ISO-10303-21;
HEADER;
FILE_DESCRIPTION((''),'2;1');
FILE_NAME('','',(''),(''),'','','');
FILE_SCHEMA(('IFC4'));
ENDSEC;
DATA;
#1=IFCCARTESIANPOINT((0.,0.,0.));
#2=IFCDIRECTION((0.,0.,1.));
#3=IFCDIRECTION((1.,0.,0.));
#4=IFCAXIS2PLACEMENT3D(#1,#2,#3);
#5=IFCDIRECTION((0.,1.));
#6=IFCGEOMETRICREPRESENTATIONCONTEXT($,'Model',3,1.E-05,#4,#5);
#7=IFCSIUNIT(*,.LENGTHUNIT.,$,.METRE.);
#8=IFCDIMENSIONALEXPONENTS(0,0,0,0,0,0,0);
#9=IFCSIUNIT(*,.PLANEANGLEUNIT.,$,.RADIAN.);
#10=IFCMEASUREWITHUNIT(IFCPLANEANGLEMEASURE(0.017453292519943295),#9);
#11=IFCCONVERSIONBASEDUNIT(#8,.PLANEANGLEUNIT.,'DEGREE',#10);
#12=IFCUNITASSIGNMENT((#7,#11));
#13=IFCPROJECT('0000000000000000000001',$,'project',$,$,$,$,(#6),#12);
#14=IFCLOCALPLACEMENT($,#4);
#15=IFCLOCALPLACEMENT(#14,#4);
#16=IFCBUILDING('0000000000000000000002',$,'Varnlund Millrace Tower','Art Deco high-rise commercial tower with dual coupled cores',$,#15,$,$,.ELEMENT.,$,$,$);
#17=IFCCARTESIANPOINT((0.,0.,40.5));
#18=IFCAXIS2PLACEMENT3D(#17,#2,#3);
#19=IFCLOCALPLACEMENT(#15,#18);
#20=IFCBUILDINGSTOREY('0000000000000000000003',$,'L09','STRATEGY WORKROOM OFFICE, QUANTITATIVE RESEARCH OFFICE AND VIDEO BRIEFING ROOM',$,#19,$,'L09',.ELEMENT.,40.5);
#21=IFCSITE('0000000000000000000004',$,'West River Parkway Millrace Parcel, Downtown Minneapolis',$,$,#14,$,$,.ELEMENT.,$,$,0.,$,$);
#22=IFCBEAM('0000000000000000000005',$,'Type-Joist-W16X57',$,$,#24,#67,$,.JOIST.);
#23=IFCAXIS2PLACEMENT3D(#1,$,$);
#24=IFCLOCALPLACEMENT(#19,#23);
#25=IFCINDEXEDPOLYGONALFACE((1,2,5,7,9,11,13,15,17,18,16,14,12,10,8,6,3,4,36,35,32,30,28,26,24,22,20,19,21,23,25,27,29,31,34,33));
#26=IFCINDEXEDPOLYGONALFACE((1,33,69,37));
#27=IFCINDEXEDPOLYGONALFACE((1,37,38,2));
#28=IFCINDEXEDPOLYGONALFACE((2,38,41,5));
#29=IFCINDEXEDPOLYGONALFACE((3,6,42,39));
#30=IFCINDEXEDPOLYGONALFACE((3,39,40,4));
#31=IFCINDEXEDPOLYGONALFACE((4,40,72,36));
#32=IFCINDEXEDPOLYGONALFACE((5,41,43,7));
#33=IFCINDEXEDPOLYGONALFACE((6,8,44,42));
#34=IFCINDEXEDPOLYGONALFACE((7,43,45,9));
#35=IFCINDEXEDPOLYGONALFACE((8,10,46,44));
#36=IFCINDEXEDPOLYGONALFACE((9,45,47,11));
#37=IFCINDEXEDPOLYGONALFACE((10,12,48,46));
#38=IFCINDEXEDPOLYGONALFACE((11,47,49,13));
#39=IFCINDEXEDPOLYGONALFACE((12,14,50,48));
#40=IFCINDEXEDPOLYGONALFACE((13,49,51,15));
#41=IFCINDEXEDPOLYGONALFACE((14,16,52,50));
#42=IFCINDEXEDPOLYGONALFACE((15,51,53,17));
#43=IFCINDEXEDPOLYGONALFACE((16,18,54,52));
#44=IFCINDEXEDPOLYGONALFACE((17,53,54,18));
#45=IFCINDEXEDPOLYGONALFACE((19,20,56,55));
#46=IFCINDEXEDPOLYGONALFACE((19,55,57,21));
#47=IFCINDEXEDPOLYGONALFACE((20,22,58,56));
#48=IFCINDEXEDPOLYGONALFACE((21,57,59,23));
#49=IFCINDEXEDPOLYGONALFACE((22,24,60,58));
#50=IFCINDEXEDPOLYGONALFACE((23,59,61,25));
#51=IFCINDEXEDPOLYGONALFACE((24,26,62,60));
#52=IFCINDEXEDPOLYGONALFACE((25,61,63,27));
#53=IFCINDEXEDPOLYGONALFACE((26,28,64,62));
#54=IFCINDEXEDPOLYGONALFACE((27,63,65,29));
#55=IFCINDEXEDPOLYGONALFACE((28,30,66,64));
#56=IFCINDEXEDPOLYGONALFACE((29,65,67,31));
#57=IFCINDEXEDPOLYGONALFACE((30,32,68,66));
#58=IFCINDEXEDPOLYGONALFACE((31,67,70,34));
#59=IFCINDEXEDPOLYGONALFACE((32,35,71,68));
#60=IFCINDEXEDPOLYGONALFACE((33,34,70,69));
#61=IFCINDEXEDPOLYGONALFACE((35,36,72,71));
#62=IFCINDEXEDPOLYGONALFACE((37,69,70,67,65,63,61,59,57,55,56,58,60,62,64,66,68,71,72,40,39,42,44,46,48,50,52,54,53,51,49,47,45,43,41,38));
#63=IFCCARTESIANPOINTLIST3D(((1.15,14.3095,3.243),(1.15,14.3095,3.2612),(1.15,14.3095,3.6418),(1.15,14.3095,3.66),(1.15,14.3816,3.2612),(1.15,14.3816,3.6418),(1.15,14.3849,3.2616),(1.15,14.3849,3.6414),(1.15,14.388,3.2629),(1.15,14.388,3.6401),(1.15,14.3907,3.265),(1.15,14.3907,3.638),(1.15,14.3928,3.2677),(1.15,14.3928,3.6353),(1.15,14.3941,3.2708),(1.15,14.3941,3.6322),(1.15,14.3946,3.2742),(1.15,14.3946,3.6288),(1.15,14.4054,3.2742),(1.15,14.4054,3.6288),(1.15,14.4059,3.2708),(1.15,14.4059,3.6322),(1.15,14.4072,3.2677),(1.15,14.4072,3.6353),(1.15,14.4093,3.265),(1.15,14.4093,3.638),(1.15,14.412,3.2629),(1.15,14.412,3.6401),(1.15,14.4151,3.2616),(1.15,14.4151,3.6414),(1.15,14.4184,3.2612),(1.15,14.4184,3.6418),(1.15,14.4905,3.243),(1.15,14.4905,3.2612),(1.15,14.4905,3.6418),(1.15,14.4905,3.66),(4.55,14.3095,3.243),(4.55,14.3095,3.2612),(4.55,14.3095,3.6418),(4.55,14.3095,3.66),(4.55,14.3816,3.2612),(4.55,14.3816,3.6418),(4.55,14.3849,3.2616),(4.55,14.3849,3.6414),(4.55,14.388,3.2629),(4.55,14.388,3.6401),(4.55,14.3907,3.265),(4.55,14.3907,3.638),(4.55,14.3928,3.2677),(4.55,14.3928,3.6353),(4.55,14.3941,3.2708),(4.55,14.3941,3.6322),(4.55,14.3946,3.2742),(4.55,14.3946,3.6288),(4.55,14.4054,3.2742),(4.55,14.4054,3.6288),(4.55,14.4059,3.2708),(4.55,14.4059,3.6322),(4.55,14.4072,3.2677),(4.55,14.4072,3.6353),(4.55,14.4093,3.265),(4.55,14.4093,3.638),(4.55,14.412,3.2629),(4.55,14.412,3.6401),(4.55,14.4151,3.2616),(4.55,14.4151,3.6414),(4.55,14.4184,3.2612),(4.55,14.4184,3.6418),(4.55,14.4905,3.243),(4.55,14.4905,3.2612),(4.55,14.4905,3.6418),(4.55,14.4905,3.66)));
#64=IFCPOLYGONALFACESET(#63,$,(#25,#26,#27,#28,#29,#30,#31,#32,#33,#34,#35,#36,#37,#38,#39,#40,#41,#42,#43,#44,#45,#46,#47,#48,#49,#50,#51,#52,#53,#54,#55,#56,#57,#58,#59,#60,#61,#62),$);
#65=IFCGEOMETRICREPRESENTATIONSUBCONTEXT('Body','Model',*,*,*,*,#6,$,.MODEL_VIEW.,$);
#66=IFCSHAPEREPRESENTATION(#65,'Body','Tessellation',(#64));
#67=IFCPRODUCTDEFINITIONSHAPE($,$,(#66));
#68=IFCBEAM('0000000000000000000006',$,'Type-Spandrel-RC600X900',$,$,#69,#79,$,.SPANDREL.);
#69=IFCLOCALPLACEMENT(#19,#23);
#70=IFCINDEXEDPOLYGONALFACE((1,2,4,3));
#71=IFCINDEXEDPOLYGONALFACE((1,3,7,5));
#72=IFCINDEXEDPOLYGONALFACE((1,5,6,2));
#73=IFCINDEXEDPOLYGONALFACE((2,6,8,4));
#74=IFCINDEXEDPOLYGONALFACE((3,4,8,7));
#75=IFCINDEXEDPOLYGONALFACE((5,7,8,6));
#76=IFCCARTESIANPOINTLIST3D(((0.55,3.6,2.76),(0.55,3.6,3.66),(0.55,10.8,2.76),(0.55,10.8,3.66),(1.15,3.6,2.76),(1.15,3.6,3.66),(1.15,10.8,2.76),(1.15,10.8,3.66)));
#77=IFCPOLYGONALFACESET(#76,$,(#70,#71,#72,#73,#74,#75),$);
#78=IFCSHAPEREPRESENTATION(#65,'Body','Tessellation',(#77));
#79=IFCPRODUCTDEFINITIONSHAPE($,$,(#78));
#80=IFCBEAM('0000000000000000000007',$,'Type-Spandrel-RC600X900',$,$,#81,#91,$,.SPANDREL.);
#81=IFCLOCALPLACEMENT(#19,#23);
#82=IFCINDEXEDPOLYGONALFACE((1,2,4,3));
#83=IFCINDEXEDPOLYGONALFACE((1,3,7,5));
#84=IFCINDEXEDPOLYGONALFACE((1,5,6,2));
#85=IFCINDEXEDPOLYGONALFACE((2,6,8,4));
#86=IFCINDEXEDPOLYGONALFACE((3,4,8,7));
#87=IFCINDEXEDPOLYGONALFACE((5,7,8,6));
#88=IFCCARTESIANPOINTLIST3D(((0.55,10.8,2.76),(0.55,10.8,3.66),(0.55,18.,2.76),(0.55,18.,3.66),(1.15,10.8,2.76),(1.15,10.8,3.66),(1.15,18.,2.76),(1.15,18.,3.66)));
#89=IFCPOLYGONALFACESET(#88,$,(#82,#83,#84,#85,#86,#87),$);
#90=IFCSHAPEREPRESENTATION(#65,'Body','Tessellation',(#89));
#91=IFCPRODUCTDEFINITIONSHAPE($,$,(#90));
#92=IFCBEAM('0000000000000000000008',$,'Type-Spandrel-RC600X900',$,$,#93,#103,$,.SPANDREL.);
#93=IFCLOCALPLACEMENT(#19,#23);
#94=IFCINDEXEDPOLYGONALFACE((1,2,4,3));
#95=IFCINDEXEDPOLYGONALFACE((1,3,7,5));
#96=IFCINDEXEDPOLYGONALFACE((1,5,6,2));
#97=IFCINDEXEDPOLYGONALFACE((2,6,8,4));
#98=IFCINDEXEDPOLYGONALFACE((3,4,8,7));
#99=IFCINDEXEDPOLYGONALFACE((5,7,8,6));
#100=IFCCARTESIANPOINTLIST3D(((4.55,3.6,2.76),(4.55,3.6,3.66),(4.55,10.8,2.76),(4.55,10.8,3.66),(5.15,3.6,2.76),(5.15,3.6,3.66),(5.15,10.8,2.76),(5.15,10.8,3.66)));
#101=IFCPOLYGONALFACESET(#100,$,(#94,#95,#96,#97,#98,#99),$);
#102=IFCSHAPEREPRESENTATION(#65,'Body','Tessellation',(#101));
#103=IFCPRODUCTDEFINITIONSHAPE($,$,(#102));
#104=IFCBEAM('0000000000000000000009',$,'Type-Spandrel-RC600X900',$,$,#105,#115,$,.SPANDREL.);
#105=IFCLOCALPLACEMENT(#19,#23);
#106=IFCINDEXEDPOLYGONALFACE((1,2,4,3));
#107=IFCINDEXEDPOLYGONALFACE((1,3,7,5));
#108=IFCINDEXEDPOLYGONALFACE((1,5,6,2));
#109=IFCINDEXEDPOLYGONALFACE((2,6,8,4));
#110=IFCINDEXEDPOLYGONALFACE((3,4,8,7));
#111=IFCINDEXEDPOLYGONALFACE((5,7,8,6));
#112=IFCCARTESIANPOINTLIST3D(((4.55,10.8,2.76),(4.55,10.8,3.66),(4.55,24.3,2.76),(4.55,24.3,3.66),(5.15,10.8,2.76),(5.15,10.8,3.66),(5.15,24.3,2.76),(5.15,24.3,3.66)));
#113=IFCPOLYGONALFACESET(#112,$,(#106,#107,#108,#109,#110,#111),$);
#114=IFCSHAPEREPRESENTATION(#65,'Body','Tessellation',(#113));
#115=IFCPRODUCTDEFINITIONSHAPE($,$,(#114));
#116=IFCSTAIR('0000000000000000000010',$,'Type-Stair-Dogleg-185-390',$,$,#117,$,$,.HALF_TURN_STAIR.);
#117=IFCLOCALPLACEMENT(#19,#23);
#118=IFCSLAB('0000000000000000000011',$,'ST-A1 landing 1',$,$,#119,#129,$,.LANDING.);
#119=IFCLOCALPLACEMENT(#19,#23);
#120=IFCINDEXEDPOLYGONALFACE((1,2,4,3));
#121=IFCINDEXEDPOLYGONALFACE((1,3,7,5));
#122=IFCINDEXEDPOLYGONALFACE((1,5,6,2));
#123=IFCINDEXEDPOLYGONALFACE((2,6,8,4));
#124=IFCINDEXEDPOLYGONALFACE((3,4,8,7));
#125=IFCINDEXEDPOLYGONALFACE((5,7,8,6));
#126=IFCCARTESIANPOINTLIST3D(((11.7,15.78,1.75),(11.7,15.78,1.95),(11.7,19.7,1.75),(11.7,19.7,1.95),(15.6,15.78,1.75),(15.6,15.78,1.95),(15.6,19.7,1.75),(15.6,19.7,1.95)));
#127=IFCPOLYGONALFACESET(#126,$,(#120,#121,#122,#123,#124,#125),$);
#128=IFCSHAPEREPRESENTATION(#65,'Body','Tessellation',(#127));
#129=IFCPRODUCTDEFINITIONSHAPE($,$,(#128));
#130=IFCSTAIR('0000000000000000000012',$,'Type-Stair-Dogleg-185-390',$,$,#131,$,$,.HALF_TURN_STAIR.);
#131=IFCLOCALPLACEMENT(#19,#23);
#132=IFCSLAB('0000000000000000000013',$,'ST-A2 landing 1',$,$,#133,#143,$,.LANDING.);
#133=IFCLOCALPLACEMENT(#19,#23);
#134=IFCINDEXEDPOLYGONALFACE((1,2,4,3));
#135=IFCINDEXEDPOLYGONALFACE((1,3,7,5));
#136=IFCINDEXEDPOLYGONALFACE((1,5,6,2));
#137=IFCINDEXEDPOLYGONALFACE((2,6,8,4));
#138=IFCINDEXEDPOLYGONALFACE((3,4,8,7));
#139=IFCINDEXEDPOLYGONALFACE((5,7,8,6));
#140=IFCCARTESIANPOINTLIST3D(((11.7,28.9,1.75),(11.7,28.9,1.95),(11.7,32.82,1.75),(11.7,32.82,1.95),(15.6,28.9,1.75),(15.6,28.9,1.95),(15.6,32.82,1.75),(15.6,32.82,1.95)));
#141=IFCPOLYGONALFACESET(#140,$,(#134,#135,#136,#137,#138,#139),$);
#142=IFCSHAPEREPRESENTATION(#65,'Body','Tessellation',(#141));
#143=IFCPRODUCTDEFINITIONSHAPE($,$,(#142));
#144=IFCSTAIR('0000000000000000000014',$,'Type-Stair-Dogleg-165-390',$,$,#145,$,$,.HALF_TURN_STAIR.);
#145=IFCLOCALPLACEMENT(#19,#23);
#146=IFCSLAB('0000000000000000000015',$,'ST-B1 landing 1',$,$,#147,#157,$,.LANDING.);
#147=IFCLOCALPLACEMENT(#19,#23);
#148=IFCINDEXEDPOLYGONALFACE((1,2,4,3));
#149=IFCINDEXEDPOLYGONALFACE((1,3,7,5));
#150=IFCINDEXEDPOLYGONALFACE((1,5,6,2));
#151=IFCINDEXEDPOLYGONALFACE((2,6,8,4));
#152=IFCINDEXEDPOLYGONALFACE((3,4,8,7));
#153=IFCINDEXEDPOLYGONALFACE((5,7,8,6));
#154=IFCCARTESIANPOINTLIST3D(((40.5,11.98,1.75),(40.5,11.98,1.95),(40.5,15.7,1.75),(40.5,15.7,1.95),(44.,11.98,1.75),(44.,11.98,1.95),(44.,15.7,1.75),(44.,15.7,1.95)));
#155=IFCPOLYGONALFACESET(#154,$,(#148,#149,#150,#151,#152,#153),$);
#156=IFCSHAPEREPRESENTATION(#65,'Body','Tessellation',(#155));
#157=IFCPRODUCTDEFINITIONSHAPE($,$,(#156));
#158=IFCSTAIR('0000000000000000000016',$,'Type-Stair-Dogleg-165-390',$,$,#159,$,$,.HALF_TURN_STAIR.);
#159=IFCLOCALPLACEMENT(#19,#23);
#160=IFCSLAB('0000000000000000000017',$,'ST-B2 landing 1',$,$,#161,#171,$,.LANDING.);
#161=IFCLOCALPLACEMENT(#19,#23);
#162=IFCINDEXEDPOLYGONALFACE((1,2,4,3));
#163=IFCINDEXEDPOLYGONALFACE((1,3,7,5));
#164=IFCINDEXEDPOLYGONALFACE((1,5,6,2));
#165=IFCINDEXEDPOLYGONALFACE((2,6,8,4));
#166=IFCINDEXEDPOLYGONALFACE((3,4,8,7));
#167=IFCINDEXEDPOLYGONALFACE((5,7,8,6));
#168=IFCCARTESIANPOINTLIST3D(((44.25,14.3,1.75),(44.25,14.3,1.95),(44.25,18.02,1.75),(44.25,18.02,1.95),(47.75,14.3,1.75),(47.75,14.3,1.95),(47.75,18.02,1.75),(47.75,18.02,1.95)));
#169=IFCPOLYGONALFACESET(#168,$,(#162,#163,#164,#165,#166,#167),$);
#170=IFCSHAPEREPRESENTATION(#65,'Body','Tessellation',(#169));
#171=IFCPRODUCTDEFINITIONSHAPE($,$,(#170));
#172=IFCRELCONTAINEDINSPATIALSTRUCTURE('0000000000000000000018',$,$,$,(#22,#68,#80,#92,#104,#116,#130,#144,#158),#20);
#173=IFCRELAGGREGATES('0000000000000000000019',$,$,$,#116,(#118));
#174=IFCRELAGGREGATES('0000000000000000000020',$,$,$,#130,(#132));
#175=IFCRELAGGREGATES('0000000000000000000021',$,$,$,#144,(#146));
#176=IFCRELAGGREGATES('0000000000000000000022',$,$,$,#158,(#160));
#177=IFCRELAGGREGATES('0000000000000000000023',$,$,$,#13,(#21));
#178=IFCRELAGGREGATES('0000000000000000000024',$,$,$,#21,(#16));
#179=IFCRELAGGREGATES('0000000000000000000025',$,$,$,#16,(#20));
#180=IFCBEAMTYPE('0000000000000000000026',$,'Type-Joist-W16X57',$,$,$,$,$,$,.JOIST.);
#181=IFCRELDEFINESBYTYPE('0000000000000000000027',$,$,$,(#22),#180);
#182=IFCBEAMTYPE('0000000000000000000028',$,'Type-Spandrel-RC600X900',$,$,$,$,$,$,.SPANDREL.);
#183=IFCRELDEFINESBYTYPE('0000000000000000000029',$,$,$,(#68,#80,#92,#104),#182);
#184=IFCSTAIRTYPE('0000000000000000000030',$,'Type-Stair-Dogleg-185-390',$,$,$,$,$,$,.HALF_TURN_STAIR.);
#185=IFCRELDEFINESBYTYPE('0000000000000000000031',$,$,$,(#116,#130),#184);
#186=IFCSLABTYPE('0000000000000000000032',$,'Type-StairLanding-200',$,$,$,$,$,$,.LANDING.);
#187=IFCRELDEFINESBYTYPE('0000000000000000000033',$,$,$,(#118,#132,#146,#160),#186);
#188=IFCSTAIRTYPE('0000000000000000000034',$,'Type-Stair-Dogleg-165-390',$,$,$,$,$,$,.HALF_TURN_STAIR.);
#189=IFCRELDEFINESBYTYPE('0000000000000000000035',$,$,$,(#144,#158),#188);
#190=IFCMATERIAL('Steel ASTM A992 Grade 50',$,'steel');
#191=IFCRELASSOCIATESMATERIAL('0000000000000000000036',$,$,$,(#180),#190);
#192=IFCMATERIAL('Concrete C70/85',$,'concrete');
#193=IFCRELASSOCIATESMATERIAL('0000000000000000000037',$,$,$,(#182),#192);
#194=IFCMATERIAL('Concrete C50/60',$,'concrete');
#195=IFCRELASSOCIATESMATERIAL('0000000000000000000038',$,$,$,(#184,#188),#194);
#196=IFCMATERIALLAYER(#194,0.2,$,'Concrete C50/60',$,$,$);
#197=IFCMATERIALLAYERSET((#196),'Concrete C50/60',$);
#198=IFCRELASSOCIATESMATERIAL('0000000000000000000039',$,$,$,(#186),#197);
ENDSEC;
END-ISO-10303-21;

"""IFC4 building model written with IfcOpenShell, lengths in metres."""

from ifc_helpers import new_model, entity, si_unit, converted_unit, direction, frame, origin_with_axes, origin_2d_with_axis, place, context, subcontext, project, spatial, polyline, rectangle, i_section, outline, extrude, material, layer, layer_set, material_profile, profile_set, type_object, element, aggregate, save


model = new_model("IFC4")

# Units and contexts
model_context = context("Model", 3, precision=1e-05, world=origin_with_axes(), true_north=direction((0.0, 1.0)))
body_context = subcontext(model_context, "Body", "Model", "MODEL_VIEW")
ifc_project = project(units=[si_unit("LENGTHUNIT", "METRE"), converted_unit("PLANEANGLEUNIT", "DEGREE", entity("IfcPlaneAngleMeasure", 0.017453292519943295), si_unit("PLANEANGLEUNIT", "RADIAN"), dimensions=[0, 0, 0, 0, 0, 0, 0])], contexts=[model_context])

# Site, building, storey
site_placement = place(None, origin_with_axes())
site = spatial("IfcSite", under=ifc_project, at=site_placement, Name="West River Parkway Millrace Parcel, Downtown Minneapolis", CompositionType="ELEMENT", RefElevation=0.0)
building_placement = place(site_placement, origin_with_axes())
building = spatial("IfcBuilding", under=site, at=building_placement, Name="Varnlund Millrace Tower", Description="Art Deco high-rise commercial tower with dual coupled cores", CompositionType="ELEMENT")
storey_placement = place(building_placement, frame((0.0, 0.0, 40.5), z_axis=(0.0, 0.0, 1.0), x_axis=(1.0, 0.0, 0.0)))
storey = spatial("IfcBuildingStorey", under=building, at=storey_placement, Name="L09", Description="STRATEGY WORKROOM OFFICE, QUANTITATIVE RESEARCH OFFICE AND VIDEO BRIEFING ROOM", LongName="L09", CompositionType="ELEMENT", Elevation=40.5)

# Beams
ifc_material_1 = material(Name="Steel ASTM A992 Grade 50", Category="steel")
ifc_material_profile_1 = material_profile(ifc_material_1, i_section(OverallWidth=0.181, OverallDepth=0.417, WebThickness=0.0109, FlangeThickness=0.0182, FilletRadius=0.013, at=origin_2d_with_axis()), Name="Steel ASTM A992 Grade 50")
ifc_profile_set_1 = profile_set([ifc_material_profile_1], Name="Steel ASTM A992 Grade 50")
beam_type_1 = type_object("IfcBeamType", Name="Type-Joist-W16X57", PredefinedType="JOIST", material=ifc_profile_set_1)
for number, where, z_axis, x_axis, name in (
    (1, (1.15, 14.4, 3.4515), (1.0, 0.0, 0.0), (0.0, 1.0, 0.0), "Type-Joist-W16X57"),
):
    element("IfcBeam", number, at=place(storey_placement, frame(where, z_axis=z_axis, x_axis=x_axis)), inside=storey, type_object=beam_type_1, Name=name, PredefinedType="JOIST", context=body_context, shape_type="SweptSolid", body=[
        extrude(i_section(OverallWidth=0.181, OverallDepth=0.417, WebThickness=0.0109, FlangeThickness=0.0182, FilletRadius=0.013, at=origin_2d_with_axis()), origin_with_axes(), (0.0, 0.0, 1.0), 3.4),
    ])
ifc_material_2 = material(Name="Concrete C70/85", Category="concrete")
ifc_material_profile_2 = material_profile(ifc_material_2, rectangle(XDim=0.6, YDim=0.9, at=origin_2d_with_axis()), Name="Concrete C70/85")
ifc_profile_set_2 = profile_set([ifc_material_profile_2], Name="Concrete C70/85")
beam_type_2 = type_object("IfcBeamType", Name="Type-Spandrel-RC600X900", PredefinedType="SPANDREL", material=ifc_profile_set_2)
for number, where, z_axis, x_axis, name in (
    (2, (0.85, 3.6, 3.21), (0.0, 1.0, 0.0), (-1.0, 0.0, 0.0), "Type-Spandrel-RC600X900"),
    (3, (0.85, 10.8, 3.21), (0.0, 1.0, 0.0), (-1.0, 0.0, 0.0), "Type-Spandrel-RC600X900"),
    (4, (4.85, 3.6, 3.21), (0.0, 1.0, 0.0), (-1.0, 0.0, 0.0), "Type-Spandrel-RC600X900"),
):
    element("IfcBeam", number, at=place(storey_placement, frame(where, z_axis=z_axis, x_axis=x_axis)), inside=storey, type_object=beam_type_2, Name=name, PredefinedType="SPANDREL", context=body_context, shape_type="SweptSolid", body=[
        extrude(rectangle(XDim=0.6, YDim=0.9, at=origin_2d_with_axis()), origin_with_axes(), (0.0, 0.0, 1.0), 7.2),
    ])
beam_placement = place(storey_placement, frame((4.85, 10.8, 3.21), z_axis=(0.0, 1.0, 0.0), x_axis=(-1.0, 0.0, 0.0)))
element("IfcBeam", 5, at=beam_placement, inside=storey, type_object=beam_type_2, Name="Type-Spandrel-RC600X900", PredefinedType="SPANDREL", context=body_context, shape_type="SweptSolid", body=[
    extrude(rectangle(XDim=0.6, YDim=0.9, at=origin_2d_with_axis()), origin_with_axes(), (0.0, 0.0, 1.0), 13.5),
])

# Stairs, slabs
ifc_material_3 = material(Name="Concrete C50/60", Category="concrete")
stair_type_1 = type_object("IfcStairType", Name="Type-Stair-Dogleg-185-390", PredefinedType="HALF_TURN_STAIR", material=ifc_material_3)
stair_1_placement = place(storey_placement, origin_with_axes())
stair_1 = element("IfcStair", 6, at=stair_1_placement, inside=storey, type_object=stair_type_1, Name="Type-Stair-Dogleg-185-390", PredefinedType="HALF_TURN_STAIR")
ifc_layer_1 = layer(ifc_material_3, 0.2, Name="Concrete C50/60")
ifc_layer_set_1 = layer_set([ifc_layer_1], Name="Concrete C50/60")
slab_type = type_object("IfcSlabType", Name="Type-StairLanding-200", PredefinedType="LANDING", material=ifc_layer_set_1)
slab_1_placement = place(storey_placement, frame((0.0, 0.0, 1.75), z_axis=(0.0, 0.0, 1.0), x_axis=(1.0, 0.0, 0.0)))
slab_1 = element("IfcSlab", 7, at=slab_1_placement, type_object=slab_type, Name="ST-A1 landing 1", PredefinedType="LANDING", context=body_context, shape_type="SweptSolid", body=[
    extrude(outline(polyline([(15.6, 15.78), (15.6, 19.7), (11.7, 19.7), (11.7, 15.78), (15.6, 15.78)])), origin_with_axes(), (0.0, 0.0, 1.0), 0.2),
])
aggregate(stair_1, [slab_1])
stair_2_placement = place(storey_placement, origin_with_axes())
stair_2 = element("IfcStair", 8, at=stair_2_placement, inside=storey, type_object=stair_type_1, Name="Type-Stair-Dogleg-185-390", PredefinedType="HALF_TURN_STAIR")
slab_2_placement = place(storey_placement, frame((0.0, 0.0, 1.75), z_axis=(0.0, 0.0, 1.0), x_axis=(1.0, 0.0, 0.0)))
slab_2 = element("IfcSlab", 9, at=slab_2_placement, type_object=slab_type, Name="ST-A2 landing 1", PredefinedType="LANDING", context=body_context, shape_type="SweptSolid", body=[
    extrude(outline(polyline([(11.7, 32.82), (11.7, 28.9), (15.6, 28.9), (15.6, 32.82), (11.7, 32.82)])), origin_with_axes(), (0.0, 0.0, 1.0), 0.2),
])
aggregate(stair_2, [slab_2])
stair_type_2 = type_object("IfcStairType", Name="Type-Stair-Dogleg-165-390", PredefinedType="HALF_TURN_STAIR", material=ifc_material_3)
stair_3_placement = place(storey_placement, origin_with_axes())
stair_3 = element("IfcStair", 10, at=stair_3_placement, inside=storey, type_object=stair_type_2, Name="Type-Stair-Dogleg-165-390", PredefinedType="HALF_TURN_STAIR")
slab_3_placement = place(storey_placement, frame((0.0, 0.0, 1.75), z_axis=(0.0, 0.0, 1.0), x_axis=(1.0, 0.0, 0.0)))
slab_3 = element("IfcSlab", 11, at=slab_3_placement, type_object=slab_type, Name="ST-B1 landing 1", PredefinedType="LANDING", context=body_context, shape_type="SweptSolid", body=[
    extrude(outline(polyline([(44.0, 11.98), (44.0, 15.7), (40.5, 15.7), (40.5, 11.98), (44.0, 11.98)])), origin_with_axes(), (0.0, 0.0, 1.0), 0.2),
])
aggregate(stair_3, [slab_3])
stair_4_placement = place(storey_placement, origin_with_axes())
stair_4 = element("IfcStair", 12, at=stair_4_placement, inside=storey, type_object=stair_type_2, Name="Type-Stair-Dogleg-165-390", PredefinedType="HALF_TURN_STAIR")
slab_4_placement = place(storey_placement, frame((0.0, 0.0, 1.75), z_axis=(0.0, 0.0, 1.0), x_axis=(1.0, 0.0, 0.0)))
slab_4 = element("IfcSlab", 13, at=slab_4_placement, type_object=slab_type, Name="ST-B2 landing 1", PredefinedType="LANDING", context=body_context, shape_type="SweptSolid", body=[
    extrude(outline(polyline([(44.25, 18.02), (44.25, 14.3), (47.75, 14.3), (47.75, 18.02), (44.25, 18.02)])), origin_with_axes(), (0.0, 0.0, 1.0), 0.2),
])
aggregate(stair_4, [slab_4])

save(model, "model.ifc")
